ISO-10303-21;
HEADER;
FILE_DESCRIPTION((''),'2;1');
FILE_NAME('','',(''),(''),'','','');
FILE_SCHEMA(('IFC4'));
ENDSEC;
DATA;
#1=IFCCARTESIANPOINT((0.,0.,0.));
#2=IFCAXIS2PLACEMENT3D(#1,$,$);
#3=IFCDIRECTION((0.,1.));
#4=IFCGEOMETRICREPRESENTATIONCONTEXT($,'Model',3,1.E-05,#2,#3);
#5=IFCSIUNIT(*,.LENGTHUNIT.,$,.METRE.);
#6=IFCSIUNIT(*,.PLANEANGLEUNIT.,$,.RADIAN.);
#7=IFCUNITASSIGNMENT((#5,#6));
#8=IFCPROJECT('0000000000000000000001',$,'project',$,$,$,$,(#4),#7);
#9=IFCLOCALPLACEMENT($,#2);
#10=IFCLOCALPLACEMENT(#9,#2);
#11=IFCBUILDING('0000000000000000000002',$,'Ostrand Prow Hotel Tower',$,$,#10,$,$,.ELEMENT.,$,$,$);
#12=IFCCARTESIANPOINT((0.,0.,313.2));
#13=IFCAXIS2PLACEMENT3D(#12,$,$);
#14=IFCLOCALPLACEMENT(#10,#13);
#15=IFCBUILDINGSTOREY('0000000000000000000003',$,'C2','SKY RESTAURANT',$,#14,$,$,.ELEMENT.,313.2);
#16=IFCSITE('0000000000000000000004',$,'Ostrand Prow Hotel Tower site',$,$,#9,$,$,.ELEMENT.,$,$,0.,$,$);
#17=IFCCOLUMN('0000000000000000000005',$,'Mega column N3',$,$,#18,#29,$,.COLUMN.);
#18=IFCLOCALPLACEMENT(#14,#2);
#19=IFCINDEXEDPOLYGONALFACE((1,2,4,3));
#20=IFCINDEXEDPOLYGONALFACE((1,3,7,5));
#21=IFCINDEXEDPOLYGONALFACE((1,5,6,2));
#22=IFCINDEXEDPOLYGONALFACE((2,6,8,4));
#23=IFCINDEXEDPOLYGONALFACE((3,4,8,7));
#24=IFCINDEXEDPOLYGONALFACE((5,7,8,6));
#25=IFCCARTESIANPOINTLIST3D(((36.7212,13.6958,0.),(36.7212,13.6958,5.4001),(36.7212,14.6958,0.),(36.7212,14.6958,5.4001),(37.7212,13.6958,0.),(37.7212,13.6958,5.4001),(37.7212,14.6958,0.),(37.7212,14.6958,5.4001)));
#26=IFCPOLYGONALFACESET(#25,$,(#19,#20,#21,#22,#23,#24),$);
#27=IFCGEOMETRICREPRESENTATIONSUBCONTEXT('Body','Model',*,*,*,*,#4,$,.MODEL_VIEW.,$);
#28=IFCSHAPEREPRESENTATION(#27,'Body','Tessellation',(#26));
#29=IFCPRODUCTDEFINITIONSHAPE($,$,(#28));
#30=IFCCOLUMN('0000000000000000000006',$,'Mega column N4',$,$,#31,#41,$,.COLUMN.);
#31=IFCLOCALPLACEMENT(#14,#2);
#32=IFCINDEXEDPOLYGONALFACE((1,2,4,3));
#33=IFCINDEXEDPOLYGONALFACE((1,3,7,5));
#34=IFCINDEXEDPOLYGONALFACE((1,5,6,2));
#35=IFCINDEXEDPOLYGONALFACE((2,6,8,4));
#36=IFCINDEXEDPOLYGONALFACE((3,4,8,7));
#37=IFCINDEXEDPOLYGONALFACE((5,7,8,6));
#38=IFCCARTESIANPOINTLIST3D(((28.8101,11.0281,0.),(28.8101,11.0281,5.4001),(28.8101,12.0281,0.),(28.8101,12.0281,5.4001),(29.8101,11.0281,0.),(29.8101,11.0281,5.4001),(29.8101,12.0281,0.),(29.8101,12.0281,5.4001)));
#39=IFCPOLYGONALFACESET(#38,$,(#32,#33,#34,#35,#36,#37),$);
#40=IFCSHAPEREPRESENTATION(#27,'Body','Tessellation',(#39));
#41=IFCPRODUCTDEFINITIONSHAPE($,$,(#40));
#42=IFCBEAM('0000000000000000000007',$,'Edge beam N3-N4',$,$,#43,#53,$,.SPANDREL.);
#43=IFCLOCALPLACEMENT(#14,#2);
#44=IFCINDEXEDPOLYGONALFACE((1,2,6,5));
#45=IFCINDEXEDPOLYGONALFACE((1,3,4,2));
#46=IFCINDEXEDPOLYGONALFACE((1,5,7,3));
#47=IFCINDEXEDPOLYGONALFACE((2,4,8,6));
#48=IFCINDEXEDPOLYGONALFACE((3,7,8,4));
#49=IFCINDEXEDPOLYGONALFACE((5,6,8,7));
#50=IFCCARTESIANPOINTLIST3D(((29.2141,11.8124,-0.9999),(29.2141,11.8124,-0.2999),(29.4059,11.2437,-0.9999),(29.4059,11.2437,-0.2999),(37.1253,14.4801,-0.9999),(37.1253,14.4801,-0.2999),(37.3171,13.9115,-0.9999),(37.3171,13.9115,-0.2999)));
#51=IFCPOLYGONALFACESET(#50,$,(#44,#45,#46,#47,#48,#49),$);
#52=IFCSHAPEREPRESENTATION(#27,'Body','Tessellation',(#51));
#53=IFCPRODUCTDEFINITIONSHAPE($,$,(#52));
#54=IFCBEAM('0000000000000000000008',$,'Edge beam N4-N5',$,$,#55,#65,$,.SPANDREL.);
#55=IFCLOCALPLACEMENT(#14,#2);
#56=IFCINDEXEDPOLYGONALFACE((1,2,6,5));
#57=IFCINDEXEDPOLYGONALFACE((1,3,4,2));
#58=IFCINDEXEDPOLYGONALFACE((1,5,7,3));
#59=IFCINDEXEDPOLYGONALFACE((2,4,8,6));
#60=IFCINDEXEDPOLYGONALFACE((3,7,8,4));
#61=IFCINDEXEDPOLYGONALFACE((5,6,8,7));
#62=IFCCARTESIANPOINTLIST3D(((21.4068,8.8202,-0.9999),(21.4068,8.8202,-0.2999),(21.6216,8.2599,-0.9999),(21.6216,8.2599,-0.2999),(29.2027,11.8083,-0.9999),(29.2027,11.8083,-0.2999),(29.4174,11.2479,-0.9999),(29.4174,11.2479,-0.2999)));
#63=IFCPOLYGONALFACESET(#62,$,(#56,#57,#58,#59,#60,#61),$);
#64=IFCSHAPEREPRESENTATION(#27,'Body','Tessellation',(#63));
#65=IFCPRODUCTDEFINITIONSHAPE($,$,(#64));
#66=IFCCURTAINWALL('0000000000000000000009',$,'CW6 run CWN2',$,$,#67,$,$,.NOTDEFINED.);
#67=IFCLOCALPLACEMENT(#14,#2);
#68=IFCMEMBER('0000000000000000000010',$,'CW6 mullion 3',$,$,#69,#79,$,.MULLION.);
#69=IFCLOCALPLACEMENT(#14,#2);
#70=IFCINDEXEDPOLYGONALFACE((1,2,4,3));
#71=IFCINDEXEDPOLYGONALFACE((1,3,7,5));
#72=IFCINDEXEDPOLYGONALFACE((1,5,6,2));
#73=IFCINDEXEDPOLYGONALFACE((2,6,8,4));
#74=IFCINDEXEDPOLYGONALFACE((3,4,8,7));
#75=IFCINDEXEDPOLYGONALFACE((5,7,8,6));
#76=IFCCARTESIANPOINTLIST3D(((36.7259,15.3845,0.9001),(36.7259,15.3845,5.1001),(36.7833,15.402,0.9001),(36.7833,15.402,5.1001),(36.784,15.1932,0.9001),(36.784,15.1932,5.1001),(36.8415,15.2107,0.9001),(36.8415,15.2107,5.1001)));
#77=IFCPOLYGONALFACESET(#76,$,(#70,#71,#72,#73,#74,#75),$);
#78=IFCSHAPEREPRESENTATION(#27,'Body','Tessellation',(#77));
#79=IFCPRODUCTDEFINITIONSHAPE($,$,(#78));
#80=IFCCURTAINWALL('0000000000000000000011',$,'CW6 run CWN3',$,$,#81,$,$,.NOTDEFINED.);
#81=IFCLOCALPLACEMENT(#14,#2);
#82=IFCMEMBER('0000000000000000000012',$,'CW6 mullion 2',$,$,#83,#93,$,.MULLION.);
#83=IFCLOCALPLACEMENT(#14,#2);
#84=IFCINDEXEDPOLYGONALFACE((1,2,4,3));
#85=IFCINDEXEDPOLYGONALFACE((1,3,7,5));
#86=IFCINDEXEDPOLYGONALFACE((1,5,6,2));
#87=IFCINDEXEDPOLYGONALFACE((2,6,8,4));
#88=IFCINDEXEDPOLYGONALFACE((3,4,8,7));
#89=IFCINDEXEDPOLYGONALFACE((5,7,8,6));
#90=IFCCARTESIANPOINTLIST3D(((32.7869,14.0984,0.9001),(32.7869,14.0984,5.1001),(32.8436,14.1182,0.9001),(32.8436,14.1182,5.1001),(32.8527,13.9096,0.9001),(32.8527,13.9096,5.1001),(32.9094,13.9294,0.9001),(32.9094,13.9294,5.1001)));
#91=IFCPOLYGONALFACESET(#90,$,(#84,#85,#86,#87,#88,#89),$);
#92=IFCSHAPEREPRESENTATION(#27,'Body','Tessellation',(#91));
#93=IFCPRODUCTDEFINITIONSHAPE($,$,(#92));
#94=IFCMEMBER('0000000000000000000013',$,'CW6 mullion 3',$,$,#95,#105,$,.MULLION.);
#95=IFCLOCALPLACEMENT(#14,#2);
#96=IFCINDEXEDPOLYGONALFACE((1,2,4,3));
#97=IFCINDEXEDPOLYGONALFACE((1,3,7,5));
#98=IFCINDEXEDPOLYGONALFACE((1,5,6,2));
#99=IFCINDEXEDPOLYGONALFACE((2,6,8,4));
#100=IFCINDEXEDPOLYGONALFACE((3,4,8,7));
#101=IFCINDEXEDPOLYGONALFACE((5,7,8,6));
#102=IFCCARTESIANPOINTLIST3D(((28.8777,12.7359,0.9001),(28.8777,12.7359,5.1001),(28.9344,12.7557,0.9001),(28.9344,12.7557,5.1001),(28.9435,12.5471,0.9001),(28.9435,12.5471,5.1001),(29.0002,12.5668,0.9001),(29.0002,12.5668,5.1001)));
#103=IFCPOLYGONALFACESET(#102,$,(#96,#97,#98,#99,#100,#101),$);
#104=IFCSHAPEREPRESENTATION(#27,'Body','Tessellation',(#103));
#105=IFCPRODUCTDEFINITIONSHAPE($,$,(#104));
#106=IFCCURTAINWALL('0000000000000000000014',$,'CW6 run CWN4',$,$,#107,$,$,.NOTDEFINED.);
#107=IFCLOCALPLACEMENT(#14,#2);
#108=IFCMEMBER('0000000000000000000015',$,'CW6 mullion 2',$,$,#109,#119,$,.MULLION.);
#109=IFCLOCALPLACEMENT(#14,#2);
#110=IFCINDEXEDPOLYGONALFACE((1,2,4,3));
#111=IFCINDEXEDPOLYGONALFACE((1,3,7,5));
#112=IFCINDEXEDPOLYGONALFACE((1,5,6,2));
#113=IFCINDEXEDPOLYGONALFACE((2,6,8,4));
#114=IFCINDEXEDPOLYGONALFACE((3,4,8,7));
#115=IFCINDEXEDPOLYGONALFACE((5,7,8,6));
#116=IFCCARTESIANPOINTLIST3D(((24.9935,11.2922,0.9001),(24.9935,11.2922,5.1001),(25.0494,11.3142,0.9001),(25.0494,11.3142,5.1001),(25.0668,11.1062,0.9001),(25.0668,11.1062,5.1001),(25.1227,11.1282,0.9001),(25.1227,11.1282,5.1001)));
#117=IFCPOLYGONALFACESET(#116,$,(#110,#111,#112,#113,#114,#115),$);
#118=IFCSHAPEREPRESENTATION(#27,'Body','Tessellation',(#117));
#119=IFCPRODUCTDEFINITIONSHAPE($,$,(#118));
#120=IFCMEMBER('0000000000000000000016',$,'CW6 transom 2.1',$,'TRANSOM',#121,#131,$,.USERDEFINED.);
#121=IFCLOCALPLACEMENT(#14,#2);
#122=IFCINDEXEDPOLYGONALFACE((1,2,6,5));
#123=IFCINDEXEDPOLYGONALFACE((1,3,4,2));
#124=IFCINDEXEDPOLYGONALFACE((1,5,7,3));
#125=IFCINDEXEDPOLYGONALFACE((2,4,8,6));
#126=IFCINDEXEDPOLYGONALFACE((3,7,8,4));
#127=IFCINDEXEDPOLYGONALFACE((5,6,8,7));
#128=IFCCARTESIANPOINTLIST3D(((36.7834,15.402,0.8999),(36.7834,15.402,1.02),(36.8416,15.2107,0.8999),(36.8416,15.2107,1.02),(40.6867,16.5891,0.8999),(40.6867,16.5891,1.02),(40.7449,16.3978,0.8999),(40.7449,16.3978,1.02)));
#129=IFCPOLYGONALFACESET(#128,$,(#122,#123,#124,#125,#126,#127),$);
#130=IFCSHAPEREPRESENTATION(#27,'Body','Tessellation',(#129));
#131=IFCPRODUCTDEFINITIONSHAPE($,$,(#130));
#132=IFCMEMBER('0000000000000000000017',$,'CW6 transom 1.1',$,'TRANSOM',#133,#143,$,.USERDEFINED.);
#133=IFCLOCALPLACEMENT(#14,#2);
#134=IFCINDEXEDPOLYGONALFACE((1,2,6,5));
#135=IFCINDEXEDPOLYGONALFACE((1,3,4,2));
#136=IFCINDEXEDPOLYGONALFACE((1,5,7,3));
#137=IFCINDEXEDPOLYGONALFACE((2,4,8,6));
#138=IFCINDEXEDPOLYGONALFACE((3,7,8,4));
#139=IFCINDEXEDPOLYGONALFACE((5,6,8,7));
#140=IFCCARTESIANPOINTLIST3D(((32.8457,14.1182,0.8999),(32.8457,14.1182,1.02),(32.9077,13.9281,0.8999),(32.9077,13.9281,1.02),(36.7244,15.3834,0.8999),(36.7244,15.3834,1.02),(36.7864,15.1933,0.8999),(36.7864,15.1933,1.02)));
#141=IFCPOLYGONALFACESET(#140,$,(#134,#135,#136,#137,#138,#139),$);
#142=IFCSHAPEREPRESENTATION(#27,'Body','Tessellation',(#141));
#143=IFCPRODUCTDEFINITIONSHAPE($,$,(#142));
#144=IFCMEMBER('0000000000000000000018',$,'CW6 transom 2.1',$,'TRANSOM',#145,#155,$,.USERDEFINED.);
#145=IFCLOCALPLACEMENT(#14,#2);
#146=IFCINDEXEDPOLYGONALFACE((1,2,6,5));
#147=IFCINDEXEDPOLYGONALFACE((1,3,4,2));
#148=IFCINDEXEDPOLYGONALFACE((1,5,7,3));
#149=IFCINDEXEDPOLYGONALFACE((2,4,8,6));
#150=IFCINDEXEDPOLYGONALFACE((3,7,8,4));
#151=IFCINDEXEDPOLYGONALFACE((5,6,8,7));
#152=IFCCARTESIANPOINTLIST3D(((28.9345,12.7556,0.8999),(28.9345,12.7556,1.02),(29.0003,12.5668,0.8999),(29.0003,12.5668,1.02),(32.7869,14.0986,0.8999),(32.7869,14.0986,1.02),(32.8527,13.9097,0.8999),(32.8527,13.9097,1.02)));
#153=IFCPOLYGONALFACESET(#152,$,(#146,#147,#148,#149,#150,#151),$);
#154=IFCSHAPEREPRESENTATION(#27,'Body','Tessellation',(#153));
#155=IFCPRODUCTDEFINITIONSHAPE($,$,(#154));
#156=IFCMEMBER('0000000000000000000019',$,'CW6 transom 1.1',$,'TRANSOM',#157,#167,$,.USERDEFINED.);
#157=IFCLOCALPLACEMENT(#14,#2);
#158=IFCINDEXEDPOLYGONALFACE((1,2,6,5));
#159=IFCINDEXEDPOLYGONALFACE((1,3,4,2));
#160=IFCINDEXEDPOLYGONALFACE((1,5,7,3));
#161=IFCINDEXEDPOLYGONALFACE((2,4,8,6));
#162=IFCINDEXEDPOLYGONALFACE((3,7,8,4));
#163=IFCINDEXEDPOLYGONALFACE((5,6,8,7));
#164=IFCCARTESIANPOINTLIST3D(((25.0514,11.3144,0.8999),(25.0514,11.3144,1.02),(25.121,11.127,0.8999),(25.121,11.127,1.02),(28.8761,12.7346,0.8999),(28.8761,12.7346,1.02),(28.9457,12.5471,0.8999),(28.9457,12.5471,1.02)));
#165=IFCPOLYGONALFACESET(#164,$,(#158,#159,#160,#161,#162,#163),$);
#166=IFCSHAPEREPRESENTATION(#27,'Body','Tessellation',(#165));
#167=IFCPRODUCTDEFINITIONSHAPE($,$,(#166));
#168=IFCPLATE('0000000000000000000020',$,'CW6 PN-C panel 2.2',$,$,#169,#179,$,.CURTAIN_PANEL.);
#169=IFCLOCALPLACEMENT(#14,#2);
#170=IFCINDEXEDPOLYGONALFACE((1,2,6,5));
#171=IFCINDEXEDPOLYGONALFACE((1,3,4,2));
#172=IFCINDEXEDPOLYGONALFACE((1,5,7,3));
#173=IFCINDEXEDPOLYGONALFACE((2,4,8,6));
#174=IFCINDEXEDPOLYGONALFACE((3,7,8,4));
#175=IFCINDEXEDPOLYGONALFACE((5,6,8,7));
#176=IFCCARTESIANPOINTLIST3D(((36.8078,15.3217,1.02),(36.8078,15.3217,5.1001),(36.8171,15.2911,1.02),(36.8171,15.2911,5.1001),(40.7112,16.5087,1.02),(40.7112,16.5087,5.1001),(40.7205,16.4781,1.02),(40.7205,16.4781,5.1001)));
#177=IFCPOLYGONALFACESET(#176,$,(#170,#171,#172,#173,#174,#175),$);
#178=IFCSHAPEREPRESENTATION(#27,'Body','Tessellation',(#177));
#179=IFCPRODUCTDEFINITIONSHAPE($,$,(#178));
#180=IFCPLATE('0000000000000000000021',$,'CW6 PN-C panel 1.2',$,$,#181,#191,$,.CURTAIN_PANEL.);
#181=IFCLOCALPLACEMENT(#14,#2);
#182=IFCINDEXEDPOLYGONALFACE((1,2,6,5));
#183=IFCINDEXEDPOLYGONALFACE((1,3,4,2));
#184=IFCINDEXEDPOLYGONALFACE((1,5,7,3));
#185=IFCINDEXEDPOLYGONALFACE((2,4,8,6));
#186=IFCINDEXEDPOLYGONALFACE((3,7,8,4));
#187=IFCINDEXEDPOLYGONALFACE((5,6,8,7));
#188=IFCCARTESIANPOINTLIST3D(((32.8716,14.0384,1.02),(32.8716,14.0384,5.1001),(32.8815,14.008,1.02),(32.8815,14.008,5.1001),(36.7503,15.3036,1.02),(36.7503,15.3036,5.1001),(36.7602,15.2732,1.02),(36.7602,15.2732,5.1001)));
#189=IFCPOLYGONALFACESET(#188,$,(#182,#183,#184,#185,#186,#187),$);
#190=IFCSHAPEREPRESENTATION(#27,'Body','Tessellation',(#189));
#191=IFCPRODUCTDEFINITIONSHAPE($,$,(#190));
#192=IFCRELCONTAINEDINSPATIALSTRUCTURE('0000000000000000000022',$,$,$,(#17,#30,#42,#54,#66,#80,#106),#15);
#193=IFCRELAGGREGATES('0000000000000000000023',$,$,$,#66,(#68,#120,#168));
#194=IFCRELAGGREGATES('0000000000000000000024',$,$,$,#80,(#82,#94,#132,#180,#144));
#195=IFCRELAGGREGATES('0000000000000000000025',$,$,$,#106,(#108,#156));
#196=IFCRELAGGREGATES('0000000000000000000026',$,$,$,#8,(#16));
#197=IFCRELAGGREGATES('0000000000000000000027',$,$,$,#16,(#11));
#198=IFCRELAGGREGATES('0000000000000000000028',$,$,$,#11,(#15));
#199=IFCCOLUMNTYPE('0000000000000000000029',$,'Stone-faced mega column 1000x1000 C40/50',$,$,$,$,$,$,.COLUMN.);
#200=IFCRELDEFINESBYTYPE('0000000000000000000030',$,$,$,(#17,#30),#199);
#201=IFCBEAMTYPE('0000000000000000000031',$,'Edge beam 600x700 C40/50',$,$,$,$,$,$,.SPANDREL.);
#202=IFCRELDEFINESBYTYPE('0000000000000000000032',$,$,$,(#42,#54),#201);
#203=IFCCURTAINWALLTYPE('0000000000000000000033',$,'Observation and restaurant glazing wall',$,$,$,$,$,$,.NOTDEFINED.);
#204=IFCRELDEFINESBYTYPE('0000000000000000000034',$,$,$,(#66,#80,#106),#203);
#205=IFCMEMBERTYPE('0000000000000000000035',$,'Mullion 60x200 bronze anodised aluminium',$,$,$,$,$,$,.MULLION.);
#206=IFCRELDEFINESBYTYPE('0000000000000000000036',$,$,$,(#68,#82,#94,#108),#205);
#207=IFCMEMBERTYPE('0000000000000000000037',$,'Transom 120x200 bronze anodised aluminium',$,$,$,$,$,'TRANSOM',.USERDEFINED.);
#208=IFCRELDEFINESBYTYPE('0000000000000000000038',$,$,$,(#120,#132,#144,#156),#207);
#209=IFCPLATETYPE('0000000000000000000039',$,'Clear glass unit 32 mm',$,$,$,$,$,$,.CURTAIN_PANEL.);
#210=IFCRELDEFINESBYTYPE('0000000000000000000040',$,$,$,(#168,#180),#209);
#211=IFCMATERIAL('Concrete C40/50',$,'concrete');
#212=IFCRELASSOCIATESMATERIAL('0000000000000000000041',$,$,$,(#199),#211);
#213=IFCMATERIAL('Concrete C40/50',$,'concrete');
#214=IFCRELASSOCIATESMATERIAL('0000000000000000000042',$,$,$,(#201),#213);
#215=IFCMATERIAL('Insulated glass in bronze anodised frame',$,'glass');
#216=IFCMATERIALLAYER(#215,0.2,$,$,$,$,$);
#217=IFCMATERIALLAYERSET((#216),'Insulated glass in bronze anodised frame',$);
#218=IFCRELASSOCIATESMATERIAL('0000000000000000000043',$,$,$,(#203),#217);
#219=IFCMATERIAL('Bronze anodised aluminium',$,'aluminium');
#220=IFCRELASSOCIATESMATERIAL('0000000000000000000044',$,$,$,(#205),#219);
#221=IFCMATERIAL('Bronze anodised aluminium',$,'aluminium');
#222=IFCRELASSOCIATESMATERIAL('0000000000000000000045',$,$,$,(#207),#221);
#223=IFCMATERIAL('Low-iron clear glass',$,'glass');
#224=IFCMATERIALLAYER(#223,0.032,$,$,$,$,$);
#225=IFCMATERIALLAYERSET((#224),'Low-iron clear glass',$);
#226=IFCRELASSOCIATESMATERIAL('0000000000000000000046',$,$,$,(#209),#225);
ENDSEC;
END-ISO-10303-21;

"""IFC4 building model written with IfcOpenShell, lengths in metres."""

from ifc_helpers import new_model, si_unit, direction, frame, origin, origin_2d, place, context, subcontext, project, spatial, rectangle, extrude, material, layer, layer_set, material_profile, profile_set, type_object, element, aggregate, save


model = new_model("IFC4")

# Units and contexts
model_context = context("Model", 3, precision=1e-05, world=origin(), true_north=direction((0.0, 1.0)))
body_context = subcontext(model_context, "Body", "Model", "MODEL_VIEW")
ifc_project = project(units=[si_unit("LENGTHUNIT", "METRE"), si_unit("PLANEANGLEUNIT", "RADIAN")], contexts=[model_context])

# Site, building, storey
site_placement = place(None, origin())
site = spatial("IfcSite", under=ifc_project, at=site_placement, Name="Ostrand Prow Hotel Tower site", CompositionType="ELEMENT", RefElevation=0.0)
building_placement = place(site_placement, origin())
building = spatial("IfcBuilding", under=site, at=building_placement, Name="Ostrand Prow Hotel Tower", CompositionType="ELEMENT")
storey_placement = place(building_placement, frame((0.0, 0.0, 313.2)))
storey = spatial("IfcBuildingStorey", under=building, at=storey_placement, Name="C2", Description="SKY RESTAURANT", CompositionType="ELEMENT", Elevation=313.2)

# Columns
ifc_material_1 = material(Name="Concrete C40/50", Category="concrete")
ifc_material_profile_1 = material_profile(ifc_material_1, rectangle(XDim=1.0, YDim=1.0, at=origin_2d()), Name="RC 1000x1000")
ifc_profile_set_1 = profile_set([ifc_material_profile_1], Name="Concrete C40/50")
column_type = type_object("IfcColumnType", Name="Stone-faced mega column 1000x1000 C40/50", PredefinedType="COLUMN", material=ifc_profile_set_1)
for number, where, z_axis, x_axis, name in (
    (1, (37.2212, 14.1958, 0.0), (0.0, 0.0, 1.0), (1.0, 0.0, 0.0), "Mega column N3"),
    (2, (29.3101, 11.5281, 0.0), (0.0, 0.0, 1.0), (1.0, 0.0, 0.0), "Mega column N4"),
):
    element("IfcColumn", number, at=place(storey_placement, frame(where, z_axis=z_axis, x_axis=x_axis)), inside=storey, type_object=column_type, Name=name, PredefinedType="COLUMN", context=body_context, shape_type="SweptSolid", body=[
        extrude(rectangle(XDim=1.0, YDim=1.0, at=origin_2d()), origin(), (0.0, 0.0, 1.0), 5.4001),
    ])

# Beams
ifc_material_2 = material(Name="Concrete C40/50", Category="concrete")
ifc_material_profile_2 = material_profile(ifc_material_2, rectangle(XDim=0.6001, YDim=0.7, at=origin_2d()), Name="RC 600x700")
ifc_profile_set_2 = profile_set([ifc_material_profile_2], Name="Concrete C40/50")
beam_type = type_object("IfcBeamType", Name="Edge beam 600x700 C40/50", PredefinedType="SPANDREL", material=ifc_profile_set_2)
for number, where, z_axis, x_axis, name in (
    (3, (37.2212, 14.1958, -0.6499), (-0.947575, -0.319533, 0.0), (0.319533, -0.947575, 0.0), "Edge beam N3-N4"),
    (4, (29.3101, 11.5281, -0.6499), (-0.933762, -0.357895, 0.0), (0.357895, -0.933762, 0.0), "Edge beam N4-N5"),
):
    element("IfcBeam", number, at=place(storey_placement, frame(where, z_axis=z_axis, x_axis=x_axis)), inside=storey, type_object=beam_type, Name=name, PredefinedType="SPANDREL", context=body_context, shape_type="SweptSolid", body=[
        extrude(rectangle(XDim=0.6001, YDim=0.7, at=origin_2d()), origin(), (0.0, 0.0, 1.0), 8.3489),
    ])

# Curtain wall, member
ifc_material_3 = material(Name="Insulated glass in bronze anodised frame", Category="glass")
ifc_layer_1 = layer(ifc_material_3, 0.2)
ifc_layer_set_1 = layer_set([ifc_layer_1], Name="Insulated glass in bronze anodised frame")
curtain_wall_type = type_object("IfcCurtainWallType", Name="Observation and restaurant glazing wall", PredefinedType="NOTDEFINED", material=ifc_layer_set_1)
curtain_wall_1_placement = place(storey_placement, origin())
curtain_wall_1 = element("IfcCurtainWall", 5, at=curtain_wall_1_placement, inside=storey, type_object=curtain_wall_type, Name="CW6 run CWN2", PredefinedType="NOTDEFINED")
ifc_material_4 = material(Name="Bronze anodised aluminium", Category="aluminium")
ifc_material_profile_3 = material_profile(ifc_material_4, rectangle(XDim=0.2, YDim=0.0601, at=origin_2d()), Name="Mullion 60x200 bronze anodised aluminium")
ifc_profile_set_3 = profile_set([ifc_material_profile_3], Name="Bronze anodised aluminium")
member_type_1 = type_object("IfcMemberType", Name="Mullion 60x200 bronze anodised aluminium", PredefinedType="MULLION", material=ifc_profile_set_3)
member_1_placement = place(storey_placement, frame((36.7837, 15.2976, 0.9001), z_axis=(0.0, 0.0, 1.0), x_axis=(0.290938, -0.956742, 0.0)))
member_1 = element("IfcMember", 6, at=member_1_placement, type_object=member_type_1, Name="CW6 mullion 3", PredefinedType="MULLION", context=body_context, shape_type="SweptSolid", body=[
    extrude(rectangle(XDim=0.2, YDim=0.0601, at=origin_2d()), origin(), (0.0, 0.0, 1.0), 4.2),
])

# Curtain wall, members
curtain_wall_2_placement = place(storey_placement, origin())
curtain_wall_2 = element("IfcCurtainWall", 7, at=curtain_wall_2_placement, inside=storey, type_object=curtain_wall_type, Name="CW6 run CWN3", PredefinedType="NOTDEFINED")
member_2_placement = place(storey_placement, frame((32.8481, 14.0139, 0.9001), z_axis=(0.0, 0.0, 1.0), x_axis=(0.329158, -0.944275, 0.0)))
member_2 = element("IfcMember", 8, at=member_2_placement, type_object=member_type_1, Name="CW6 mullion 2", PredefinedType="MULLION", context=body_context, shape_type="SweptSolid", body=[
    extrude(rectangle(XDim=0.2, YDim=0.0601, at=origin_2d()), origin(), (0.0, 0.0, 1.0), 4.2),
])
member_3_placement = place(storey_placement, frame((28.939, 12.6514, 0.9001), z_axis=(0.0, 0.0, 1.0), x_axis=(0.329158, -0.944275, 0.0)))
member_3 = element("IfcMember", 9, at=member_3_placement, type_object=member_type_1, Name="CW6 mullion 3", PredefinedType="MULLION", context=body_context, shape_type="SweptSolid", body=[
    extrude(rectangle(XDim=0.2, YDim=0.0601, at=origin_2d()), origin(), (0.0, 0.0, 1.0), 4.2),
])

# Curtain wall, member
curtain_wall_3_placement = place(storey_placement, origin())
curtain_wall_3 = element("IfcCurtainWall", 10, at=curtain_wall_3_placement, inside=storey, type_object=curtain_wall_type, Name="CW6 run CWN4", PredefinedType="NOTDEFINED")
member_4_placement = place(storey_placement, frame((25.0581, 11.2102, 0.9001), z_axis=(0.0, 0.0, 1.0), x_axis=(0.366845, -0.930282, 0.0)))
member_4 = element("IfcMember", 11, at=member_4_placement, type_object=member_type_1, Name="CW6 mullion 2", PredefinedType="MULLION", context=body_context, shape_type="SweptSolid", body=[
    extrude(rectangle(XDim=0.2, YDim=0.0601, at=origin_2d()), origin(), (0.0, 0.0, 1.0), 4.2),
])

# Members
ifc_material_5 = material(Name="Bronze anodised aluminium", Category="aluminium")
ifc_material_profile_4 = material_profile(ifc_material_5, rectangle(XDim=0.2, YDim=0.1201, at=origin_2d()), Name="Transom 120x200 bronze anodised aluminium")
ifc_profile_set_4 = profile_set([ifc_material_profile_4], Name="Bronze anodised aluminium")
member_type_2 = type_object("IfcMemberType", Name="Transom 120x200 bronze anodised aluminium", ElementType="TRANSOM", PredefinedType="USERDEFINED", material=ifc_profile_set_4)
member_5_placement = place(storey_placement, frame((40.7158, 16.4934, 0.96), z_axis=(-0.956739, -0.290947, 0.0), x_axis=(0.290947, -0.956739, 0.0)))
member_5 = element("IfcMember", 12, at=member_5_placement, type_object=member_type_2, Name="CW6 transom 2.1", ObjectType="TRANSOM", PredefinedType="USERDEFINED", context=body_context, shape_type="SweptSolid", body=[
    extrude(rectangle(XDim=0.2, YDim=0.1201, at=origin_2d()), origin(), (0.0, 0.0, 1.0), 4.0798),
])
member_6_placement = place(storey_placement, frame((36.7554, 15.2883, 0.96), z_axis=(-0.950704, -0.310099, 0.0), x_axis=(0.310099, -0.950704, 0.0)))
member_6 = element("IfcMember", 13, at=member_6_placement, type_object=member_type_2, Name="CW6 transom 1.1", ObjectType="TRANSOM", PredefinedType="USERDEFINED", context=body_context, shape_type="SweptSolid", body=[
    extrude(rectangle(XDim=0.2, YDim=0.1201, at=origin_2d()), origin(), (0.0, 0.0, 1.0), 4.0798),
])
member_7_placement = place(storey_placement, frame((32.8198, 14.0042, 0.96), z_axis=(-0.944268, -0.329177, 0.0), x_axis=(0.329177, -0.944268, 0.0)))
member_7 = element("IfcMember", 14, at=member_7_placement, type_object=member_type_2, Name="CW6 transom 2.1", ObjectType="TRANSOM", PredefinedType="USERDEFINED", context=body_context, shape_type="SweptSolid", body=[
    extrude(rectangle(XDim=0.2, YDim=0.1201, at=origin_2d()), origin(), (0.0, 0.0, 1.0), 4.0798),
])
member_8_placement = place(storey_placement, frame((28.9109, 12.6409, 0.96), z_axis=(-0.93746, -0.348092, 0.0), x_axis=(0.348092, -0.93746, 0.0)))
member_8 = element("IfcMember", 15, at=member_8_placement, type_object=member_type_2, Name="CW6 transom 1.1", ObjectType="TRANSOM", PredefinedType="USERDEFINED", context=body_context, shape_type="SweptSolid", body=[
    extrude(rectangle(XDim=0.2, YDim=0.1201, at=origin_2d()), origin(), (0.0, 0.0, 1.0), 4.0798),
])

# Plates
ifc_material_6 = material(Name="Low-iron clear glass", Category="glass")
ifc_layer_2 = layer(ifc_material_6, 0.032)
ifc_layer_set_2 = layer_set([ifc_layer_2], Name="Low-iron clear glass")
plate_type = type_object("IfcPlateType", Name="Clear glass unit 32 mm", PredefinedType="CURTAIN_PANEL", material=ifc_layer_set_2)
plate_1_placement = place(storey_placement, frame((38.7642, 15.8999, 1.02), z_axis=(0.0, 0.0, 1.0), x_axis=(-0.956742, -0.290938, 0.0)))
plate_1 = element("IfcPlate", 16, at=plate_1_placement, type_object=plate_type, Name="CW6 PN-C panel 2.2", PredefinedType="CURTAIN_PANEL", context=body_context, shape_type="SweptSolid", body=[
    extrude(rectangle(XDim=4.0798, YDim=0.032, at=origin_2d()), origin(), (0.0, 0.0, 1.0), 4.0801),
])
aggregate(curtain_wall_1, [member_1, member_5, plate_1])
plate_2_placement = place(storey_placement, frame((34.8159, 14.6558, 1.02), z_axis=(0.0, 0.0, 1.0), x_axis=(-0.9507, -0.310111, 0.0)))
plate_2 = element("IfcPlate", 17, at=plate_2_placement, type_object=plate_type, Name="CW6 PN-C panel 1.2", PredefinedType="CURTAIN_PANEL", context=body_context, shape_type="SweptSolid", body=[
    extrude(rectangle(XDim=4.0798, YDim=0.032, at=origin_2d()), origin(), (0.0, 0.0, 1.0), 4.0801),
])
aggregate(curtain_wall_2, [member_2, member_3, member_6, plate_2, member_7])
aggregate(curtain_wall_3, [member_4, member_8])

save(model, "model.ifc")
